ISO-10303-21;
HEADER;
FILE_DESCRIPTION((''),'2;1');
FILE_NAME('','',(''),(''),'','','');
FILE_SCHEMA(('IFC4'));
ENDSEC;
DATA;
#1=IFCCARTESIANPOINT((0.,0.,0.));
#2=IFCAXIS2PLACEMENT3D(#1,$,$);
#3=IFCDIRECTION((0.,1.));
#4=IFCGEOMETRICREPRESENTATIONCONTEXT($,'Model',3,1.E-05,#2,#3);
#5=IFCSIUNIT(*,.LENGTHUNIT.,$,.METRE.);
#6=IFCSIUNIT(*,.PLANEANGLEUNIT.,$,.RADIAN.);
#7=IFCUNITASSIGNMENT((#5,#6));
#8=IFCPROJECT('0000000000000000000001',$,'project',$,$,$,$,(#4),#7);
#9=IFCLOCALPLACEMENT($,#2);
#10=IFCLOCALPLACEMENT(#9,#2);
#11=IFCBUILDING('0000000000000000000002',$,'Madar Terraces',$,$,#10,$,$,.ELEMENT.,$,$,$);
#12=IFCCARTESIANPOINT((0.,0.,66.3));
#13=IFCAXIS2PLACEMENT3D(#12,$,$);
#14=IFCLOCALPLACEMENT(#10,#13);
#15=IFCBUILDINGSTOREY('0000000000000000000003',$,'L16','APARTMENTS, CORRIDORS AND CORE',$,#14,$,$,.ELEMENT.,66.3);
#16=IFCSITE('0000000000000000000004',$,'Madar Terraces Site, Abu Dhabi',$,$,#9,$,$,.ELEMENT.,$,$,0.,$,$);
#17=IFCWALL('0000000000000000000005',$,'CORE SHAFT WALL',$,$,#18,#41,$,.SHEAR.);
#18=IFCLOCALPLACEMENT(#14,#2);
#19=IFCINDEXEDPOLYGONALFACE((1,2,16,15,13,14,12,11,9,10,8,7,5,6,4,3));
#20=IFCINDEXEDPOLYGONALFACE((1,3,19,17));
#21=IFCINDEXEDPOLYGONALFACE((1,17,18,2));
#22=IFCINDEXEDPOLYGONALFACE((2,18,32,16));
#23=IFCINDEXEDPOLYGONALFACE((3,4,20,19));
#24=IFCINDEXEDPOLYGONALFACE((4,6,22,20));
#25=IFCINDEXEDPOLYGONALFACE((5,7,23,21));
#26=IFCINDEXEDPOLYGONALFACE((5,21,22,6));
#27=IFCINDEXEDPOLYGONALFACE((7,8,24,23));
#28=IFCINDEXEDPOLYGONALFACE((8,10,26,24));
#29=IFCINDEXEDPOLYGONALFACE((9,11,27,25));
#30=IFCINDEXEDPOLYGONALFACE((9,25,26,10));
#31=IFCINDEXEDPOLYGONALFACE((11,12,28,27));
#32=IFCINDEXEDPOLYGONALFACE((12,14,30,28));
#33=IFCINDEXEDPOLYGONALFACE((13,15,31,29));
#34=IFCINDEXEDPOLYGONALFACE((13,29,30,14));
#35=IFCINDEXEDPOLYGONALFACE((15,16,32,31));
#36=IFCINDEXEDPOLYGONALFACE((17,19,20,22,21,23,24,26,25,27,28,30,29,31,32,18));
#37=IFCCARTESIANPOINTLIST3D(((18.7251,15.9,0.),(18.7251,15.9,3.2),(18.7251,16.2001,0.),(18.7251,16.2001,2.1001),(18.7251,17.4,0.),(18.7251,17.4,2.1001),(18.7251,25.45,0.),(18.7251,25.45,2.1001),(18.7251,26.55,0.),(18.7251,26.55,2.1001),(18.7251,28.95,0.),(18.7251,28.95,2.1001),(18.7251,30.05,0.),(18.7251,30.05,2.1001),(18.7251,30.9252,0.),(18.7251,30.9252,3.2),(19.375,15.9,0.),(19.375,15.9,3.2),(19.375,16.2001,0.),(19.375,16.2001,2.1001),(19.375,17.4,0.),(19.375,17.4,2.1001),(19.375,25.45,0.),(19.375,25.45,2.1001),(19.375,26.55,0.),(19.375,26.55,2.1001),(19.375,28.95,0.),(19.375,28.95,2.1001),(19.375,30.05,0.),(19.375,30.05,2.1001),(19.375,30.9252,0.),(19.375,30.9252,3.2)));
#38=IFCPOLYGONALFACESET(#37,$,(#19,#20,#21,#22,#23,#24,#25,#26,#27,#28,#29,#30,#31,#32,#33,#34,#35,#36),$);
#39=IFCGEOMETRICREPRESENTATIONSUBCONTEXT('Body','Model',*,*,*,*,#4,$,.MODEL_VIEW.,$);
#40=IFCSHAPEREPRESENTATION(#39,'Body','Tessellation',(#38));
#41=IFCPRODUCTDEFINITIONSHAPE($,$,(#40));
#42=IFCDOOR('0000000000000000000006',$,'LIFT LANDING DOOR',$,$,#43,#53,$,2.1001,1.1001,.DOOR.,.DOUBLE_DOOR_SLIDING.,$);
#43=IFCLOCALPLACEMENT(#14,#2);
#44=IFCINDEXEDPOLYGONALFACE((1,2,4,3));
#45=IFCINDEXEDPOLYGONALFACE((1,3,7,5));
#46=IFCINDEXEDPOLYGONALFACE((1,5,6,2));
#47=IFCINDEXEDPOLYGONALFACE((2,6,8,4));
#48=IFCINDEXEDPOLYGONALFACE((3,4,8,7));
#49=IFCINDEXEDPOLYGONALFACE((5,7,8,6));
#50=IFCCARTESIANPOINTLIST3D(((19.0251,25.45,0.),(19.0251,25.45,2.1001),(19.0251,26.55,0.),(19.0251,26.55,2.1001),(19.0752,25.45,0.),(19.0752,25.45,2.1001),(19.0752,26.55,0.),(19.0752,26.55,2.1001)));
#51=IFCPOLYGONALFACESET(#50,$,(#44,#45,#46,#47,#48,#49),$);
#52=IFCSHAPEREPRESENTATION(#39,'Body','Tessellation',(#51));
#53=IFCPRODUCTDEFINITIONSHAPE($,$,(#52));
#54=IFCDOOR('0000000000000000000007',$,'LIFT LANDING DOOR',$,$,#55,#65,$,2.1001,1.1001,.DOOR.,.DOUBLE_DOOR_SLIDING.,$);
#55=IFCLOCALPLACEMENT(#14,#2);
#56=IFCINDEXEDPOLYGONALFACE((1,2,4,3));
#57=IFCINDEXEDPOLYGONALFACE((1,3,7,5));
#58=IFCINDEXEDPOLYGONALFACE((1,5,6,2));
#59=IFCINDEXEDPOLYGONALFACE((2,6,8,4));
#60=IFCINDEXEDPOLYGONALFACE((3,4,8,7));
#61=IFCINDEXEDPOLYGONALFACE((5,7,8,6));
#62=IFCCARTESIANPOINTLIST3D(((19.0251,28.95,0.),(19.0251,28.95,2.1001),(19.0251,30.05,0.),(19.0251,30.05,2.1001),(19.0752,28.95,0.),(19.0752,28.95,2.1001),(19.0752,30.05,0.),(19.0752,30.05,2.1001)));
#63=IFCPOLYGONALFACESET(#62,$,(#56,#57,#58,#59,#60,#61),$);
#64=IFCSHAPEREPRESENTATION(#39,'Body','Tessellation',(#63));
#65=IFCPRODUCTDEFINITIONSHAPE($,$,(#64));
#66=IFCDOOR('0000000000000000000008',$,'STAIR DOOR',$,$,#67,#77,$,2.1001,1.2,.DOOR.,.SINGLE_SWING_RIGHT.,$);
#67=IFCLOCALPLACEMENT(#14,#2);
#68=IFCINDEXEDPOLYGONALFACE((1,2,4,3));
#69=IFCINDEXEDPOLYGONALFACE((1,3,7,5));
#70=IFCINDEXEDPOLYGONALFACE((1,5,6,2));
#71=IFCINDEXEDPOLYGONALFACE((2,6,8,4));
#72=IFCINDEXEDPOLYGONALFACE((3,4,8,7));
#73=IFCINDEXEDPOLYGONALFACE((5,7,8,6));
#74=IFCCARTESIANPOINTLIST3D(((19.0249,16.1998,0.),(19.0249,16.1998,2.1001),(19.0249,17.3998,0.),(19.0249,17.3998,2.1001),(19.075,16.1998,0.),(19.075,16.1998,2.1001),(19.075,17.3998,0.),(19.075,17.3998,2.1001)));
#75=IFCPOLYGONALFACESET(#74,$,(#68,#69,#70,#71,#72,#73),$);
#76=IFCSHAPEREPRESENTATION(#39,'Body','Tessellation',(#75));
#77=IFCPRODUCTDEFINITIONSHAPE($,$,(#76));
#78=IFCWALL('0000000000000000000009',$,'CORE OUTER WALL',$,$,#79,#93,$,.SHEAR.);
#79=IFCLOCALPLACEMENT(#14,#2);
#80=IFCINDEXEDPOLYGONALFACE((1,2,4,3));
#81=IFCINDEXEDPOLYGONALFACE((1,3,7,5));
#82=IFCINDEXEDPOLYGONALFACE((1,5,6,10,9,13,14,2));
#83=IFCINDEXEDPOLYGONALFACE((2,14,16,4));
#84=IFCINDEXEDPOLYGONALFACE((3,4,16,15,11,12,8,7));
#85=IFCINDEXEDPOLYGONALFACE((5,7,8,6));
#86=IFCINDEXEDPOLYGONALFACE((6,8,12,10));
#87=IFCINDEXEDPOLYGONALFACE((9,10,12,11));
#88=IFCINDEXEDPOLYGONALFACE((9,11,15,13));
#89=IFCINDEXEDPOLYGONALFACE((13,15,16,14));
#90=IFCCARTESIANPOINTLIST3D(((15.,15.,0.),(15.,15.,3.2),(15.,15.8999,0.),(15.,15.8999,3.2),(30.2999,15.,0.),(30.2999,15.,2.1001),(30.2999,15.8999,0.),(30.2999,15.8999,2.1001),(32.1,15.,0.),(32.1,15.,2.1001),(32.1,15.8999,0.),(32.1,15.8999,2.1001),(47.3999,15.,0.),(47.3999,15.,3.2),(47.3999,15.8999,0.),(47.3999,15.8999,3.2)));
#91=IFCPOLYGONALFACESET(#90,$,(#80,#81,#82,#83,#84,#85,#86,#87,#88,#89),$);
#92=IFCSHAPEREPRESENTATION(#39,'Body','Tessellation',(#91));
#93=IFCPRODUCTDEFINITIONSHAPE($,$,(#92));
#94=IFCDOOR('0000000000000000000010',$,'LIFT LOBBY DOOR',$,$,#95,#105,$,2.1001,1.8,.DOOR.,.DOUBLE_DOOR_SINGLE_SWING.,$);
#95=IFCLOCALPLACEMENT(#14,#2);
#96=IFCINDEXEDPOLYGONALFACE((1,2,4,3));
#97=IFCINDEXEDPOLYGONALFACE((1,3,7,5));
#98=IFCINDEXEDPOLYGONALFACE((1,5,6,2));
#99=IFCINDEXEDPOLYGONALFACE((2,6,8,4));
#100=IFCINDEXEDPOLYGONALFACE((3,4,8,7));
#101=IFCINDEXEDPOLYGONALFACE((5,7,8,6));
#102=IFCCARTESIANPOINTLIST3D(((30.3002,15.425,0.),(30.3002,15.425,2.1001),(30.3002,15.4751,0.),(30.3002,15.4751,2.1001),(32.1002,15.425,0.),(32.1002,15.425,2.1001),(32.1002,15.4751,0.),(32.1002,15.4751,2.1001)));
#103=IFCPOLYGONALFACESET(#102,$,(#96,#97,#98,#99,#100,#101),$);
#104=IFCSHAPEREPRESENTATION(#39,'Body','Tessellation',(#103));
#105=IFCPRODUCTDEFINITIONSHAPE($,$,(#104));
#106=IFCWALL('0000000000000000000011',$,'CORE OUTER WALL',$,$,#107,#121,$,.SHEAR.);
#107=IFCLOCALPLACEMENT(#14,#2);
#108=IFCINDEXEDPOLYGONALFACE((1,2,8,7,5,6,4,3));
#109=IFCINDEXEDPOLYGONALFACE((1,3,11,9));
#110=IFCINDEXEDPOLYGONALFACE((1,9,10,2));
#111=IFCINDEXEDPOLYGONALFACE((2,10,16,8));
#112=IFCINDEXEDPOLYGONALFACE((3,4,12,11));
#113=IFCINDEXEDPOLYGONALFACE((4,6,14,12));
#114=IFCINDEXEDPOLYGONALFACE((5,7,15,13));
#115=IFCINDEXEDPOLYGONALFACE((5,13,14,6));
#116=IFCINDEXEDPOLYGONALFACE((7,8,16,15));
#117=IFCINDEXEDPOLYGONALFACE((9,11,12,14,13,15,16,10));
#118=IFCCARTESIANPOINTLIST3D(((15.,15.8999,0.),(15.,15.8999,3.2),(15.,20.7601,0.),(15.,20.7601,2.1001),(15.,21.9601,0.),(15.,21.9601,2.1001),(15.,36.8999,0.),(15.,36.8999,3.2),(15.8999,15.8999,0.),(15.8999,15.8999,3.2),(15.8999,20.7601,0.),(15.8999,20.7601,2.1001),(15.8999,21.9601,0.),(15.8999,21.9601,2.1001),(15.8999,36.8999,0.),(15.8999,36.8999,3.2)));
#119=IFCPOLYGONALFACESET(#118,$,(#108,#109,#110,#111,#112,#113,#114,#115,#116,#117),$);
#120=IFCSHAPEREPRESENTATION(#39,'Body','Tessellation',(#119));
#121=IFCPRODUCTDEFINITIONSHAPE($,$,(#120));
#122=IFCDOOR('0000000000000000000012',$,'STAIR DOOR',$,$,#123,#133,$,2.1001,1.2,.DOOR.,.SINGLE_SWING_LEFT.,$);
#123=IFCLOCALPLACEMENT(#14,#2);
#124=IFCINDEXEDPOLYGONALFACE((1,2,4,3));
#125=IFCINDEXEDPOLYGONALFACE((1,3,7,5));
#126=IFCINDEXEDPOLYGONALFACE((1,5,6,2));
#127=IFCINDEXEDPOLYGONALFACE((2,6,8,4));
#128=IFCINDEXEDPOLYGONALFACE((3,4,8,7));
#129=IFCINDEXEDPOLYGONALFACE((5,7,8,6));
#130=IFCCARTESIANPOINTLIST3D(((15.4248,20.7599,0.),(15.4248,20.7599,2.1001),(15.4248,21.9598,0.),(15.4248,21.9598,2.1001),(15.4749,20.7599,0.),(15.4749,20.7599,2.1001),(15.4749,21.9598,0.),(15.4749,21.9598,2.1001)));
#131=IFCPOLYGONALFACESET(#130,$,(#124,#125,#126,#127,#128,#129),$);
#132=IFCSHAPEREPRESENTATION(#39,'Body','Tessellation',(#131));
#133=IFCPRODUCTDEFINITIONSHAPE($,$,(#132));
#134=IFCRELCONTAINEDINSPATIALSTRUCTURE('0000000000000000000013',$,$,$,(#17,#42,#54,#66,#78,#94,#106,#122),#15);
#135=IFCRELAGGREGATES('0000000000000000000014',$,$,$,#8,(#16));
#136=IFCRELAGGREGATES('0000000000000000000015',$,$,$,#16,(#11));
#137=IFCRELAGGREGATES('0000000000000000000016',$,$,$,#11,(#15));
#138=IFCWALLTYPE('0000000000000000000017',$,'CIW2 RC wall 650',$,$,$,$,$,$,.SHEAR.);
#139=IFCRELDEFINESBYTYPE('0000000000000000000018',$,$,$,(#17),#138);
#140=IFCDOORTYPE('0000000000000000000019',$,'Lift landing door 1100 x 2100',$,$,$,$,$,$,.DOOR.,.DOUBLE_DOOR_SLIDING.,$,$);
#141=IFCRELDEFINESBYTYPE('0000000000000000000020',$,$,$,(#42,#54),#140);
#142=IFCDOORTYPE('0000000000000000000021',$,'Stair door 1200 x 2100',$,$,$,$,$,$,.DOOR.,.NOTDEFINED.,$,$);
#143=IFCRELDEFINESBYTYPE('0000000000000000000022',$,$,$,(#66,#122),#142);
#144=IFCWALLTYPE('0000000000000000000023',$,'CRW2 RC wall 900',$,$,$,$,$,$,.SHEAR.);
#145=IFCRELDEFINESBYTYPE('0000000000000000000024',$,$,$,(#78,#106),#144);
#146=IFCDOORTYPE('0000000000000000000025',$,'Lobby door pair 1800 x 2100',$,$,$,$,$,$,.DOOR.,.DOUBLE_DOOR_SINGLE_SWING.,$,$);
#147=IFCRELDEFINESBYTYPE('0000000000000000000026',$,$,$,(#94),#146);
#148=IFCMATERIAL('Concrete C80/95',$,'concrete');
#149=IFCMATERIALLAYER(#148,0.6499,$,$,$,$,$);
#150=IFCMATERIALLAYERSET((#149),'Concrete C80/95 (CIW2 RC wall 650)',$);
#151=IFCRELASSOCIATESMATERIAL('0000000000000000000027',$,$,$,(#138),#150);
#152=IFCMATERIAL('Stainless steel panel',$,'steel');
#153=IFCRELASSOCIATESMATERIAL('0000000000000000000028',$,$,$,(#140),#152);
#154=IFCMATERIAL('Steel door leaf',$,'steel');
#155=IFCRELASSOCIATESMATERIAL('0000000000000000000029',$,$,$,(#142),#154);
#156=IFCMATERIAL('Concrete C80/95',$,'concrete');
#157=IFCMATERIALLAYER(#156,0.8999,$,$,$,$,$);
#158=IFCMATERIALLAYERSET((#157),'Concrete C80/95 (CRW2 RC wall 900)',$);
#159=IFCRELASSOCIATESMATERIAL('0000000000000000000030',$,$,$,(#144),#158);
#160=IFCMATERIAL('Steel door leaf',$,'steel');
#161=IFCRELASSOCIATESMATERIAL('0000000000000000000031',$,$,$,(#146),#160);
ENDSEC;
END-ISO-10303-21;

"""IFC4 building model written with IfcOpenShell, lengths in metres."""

from ifc_helpers import new_model, si_unit, direction, frame, frame_2d, origin, place, context, subcontext, project, spatial, rectangle, extrude, material, layer, layer_set, type_object, element, fill, save


model = new_model("IFC4")

# Units and contexts
model_context = context("Model", 3, precision=1e-05, world=origin(), true_north=direction((0.0, 1.0)))
body_context = subcontext(model_context, "Body", "Model", "MODEL_VIEW")
ifc_project = project(units=[si_unit("LENGTHUNIT", "METRE"), si_unit("PLANEANGLEUNIT", "RADIAN")], contexts=[model_context])

# Site, building, storey
site_placement = place(None, origin())
site = spatial("IfcSite", under=ifc_project, at=site_placement, Name="Madar Terraces Site, Abu Dhabi", CompositionType="ELEMENT", RefElevation=0.0)
building_placement = place(site_placement, origin())
building = spatial("IfcBuilding", under=site, at=building_placement, Name="Madar Terraces", CompositionType="ELEMENT")
storey_placement = place(building_placement, frame((0.0, 0.0, 66.3)))
storey = spatial("IfcBuildingStorey", under=building, at=storey_placement, Name="L16", Description="APARTMENTS, CORRIDORS AND CORE", CompositionType="ELEMENT", Elevation=66.3)

# Wall, openings, doors
ifc_material_1 = material(Name="Concrete C80/95", Category="concrete")
ifc_layer_1 = layer(ifc_material_1, 0.6499)
ifc_layer_set_1 = layer_set([ifc_layer_1], Name="Concrete C80/95 (CIW2 RC wall 650)")
wall_type_1 = type_object("IfcWallType", Name="CIW2 RC wall 650", PredefinedType="SHEAR", material=ifc_layer_set_1)
wall_1_placement = place(storey_placement, frame((19.05, 15.8999, 0.0), z_axis=(0.0, 0.0, 1.0), x_axis=(0.0, 1.0, 0.0)))
wall_1 = element("IfcWall", 1, at=wall_1_placement, inside=storey, type_object=wall_type_1, Name="CORE SHAFT WALL", PredefinedType="SHEAR", context=body_context, shape_type="SweptSolid", body=[
    extrude(rectangle(XDim=15.0251, YDim=0.6499, at=frame_2d((7.5127, 0.0))), origin(), (0.0, 0.0, 1.0), 3.2),
])
opening_1_placement = place(wall_1_placement, frame((9.55, 0.0, 0.0)))
opening_1 = element("IfcOpeningElement", 2, at=opening_1_placement, cuts=wall_1, PredefinedType="OPENING", context=body_context, shape_type="SweptSolid", body=[
    extrude(rectangle(XDim=1.1001, YDim=2.1001, at=frame_2d((0.55, 1.05))), frame((0.0, 0.335, 0.0), z_axis=(0.0, -1.0, 0.0), x_axis=(1.0, 0.0, 0.0)), (0.0, 0.0, 1.0), 0.6699),
])
opening_2_placement = place(wall_1_placement, frame((13.05, 0.0, 0.0)))
opening_2 = element("IfcOpeningElement", 3, at=opening_2_placement, cuts=wall_1, PredefinedType="OPENING", context=body_context, shape_type="SweptSolid", body=[
    extrude(rectangle(XDim=1.1001, YDim=2.1001, at=frame_2d((0.55, 1.05))), frame((0.0, 0.335, 0.0), z_axis=(0.0, -1.0, 0.0), x_axis=(1.0, 0.0, 0.0)), (0.0, 0.0, 1.0), 0.6699),
])
opening_3_placement = place(wall_1_placement, frame((0.3, 0.0, 0.0)))
opening_3 = element("IfcOpeningElement", 4, at=opening_3_placement, cuts=wall_1, PredefinedType="OPENING", context=body_context, shape_type="SweptSolid", body=[
    extrude(rectangle(XDim=1.2, YDim=2.1001, at=frame_2d((0.6001, 1.05))), frame((0.0, 0.335, 0.0), z_axis=(0.0, -1.0, 0.0), x_axis=(1.0, 0.0, 0.0)), (0.0, 0.0, 1.0), 0.6699),
])
ifc_material_2 = material(Name="Stainless steel panel", Category="steel")
door_type_1 = type_object("IfcDoorType", Name="Lift landing door 1100 x 2100", OperationType="DOUBLE_DOOR_SLIDING", PredefinedType="DOOR", material=ifc_material_2)
door_1_placement = place(opening_1_placement, origin())
door_1 = element("IfcDoor", 5, at=door_1_placement, inside=storey, type_object=door_type_1, Name="LIFT LANDING DOOR", OperationType="DOUBLE_DOOR_SLIDING", OverallHeight=2.1001, OverallWidth=1.1001, PredefinedType="DOOR", context=body_context, shape_type="SweptSolid", body=[
    extrude(rectangle(XDim=1.1001, YDim=2.1001, at=frame_2d((0.55, 1.05))), frame((0.0, 0.0249, 0.0), z_axis=(0.0, -1.0, 0.0), x_axis=(1.0, 0.0, 0.0)), (0.0, 0.0, 1.0), 0.05),
])
fill(opening_1, door_1)
door_2_placement = place(opening_2_placement, origin())
door_2 = element("IfcDoor", 6, at=door_2_placement, inside=storey, type_object=door_type_1, Name="LIFT LANDING DOOR", OperationType="DOUBLE_DOOR_SLIDING", OverallHeight=2.1001, OverallWidth=1.1001, PredefinedType="DOOR", context=body_context, shape_type="SweptSolid", body=[
    extrude(rectangle(XDim=1.1001, YDim=2.1001, at=frame_2d((0.55, 1.05))), frame((0.0, 0.0249, 0.0), z_axis=(0.0, -1.0, 0.0), x_axis=(1.0, 0.0, 0.0)), (0.0, 0.0, 1.0), 0.05),
])
fill(opening_2, door_2)
ifc_material_3 = material(Name="Steel door leaf", Category="steel")
door_type_2 = type_object("IfcDoorType", Name="Stair door 1200 x 2100", OperationType="NOTDEFINED", PredefinedType="DOOR", material=ifc_material_3)
door_3_placement = place(opening_3_placement, frame((1.2, 0.0, 0.0), z_axis=(0.0, 0.0, 1.0), x_axis=(-1.0, 0.0, 0.0)))
door_3 = element("IfcDoor", 7, at=door_3_placement, inside=storey, type_object=door_type_2, Name="STAIR DOOR", OperationType="SINGLE_SWING_RIGHT", OverallHeight=2.1001, OverallWidth=1.2, PredefinedType="DOOR", context=body_context, shape_type="SweptSolid", body=[
    extrude(rectangle(XDim=1.2, YDim=2.1001, at=frame_2d((0.6001, 1.05))), frame((0.0, 0.0249, 0.0), z_axis=(0.0, -1.0, 0.0), x_axis=(1.0, 0.0, 0.0)), (0.0, 0.0, 1.0), 0.05),
])
fill(opening_3, door_3)

# Walls, openings, doors
ifc_material_4 = material(Name="Concrete C80/95", Category="concrete")
ifc_layer_2 = layer(ifc_material_4, 0.8999)
ifc_layer_set_2 = layer_set([ifc_layer_2], Name="Concrete C80/95 (CRW2 RC wall 900)")
wall_type_2 = type_object("IfcWallType", Name="CRW2 RC wall 900", PredefinedType="SHEAR", material=ifc_layer_set_2)
wall_2_placement = place(storey_placement, frame((15.0, 15.45, 0.0), z_axis=(0.0, 0.0, 1.0), x_axis=(1.0, 0.0, 0.0)))
wall_2 = element("IfcWall", 8, at=wall_2_placement, inside=storey, type_object=wall_type_2, Name="CORE OUTER WALL", PredefinedType="SHEAR", context=body_context, shape_type="SweptSolid", body=[
    extrude(rectangle(XDim=32.3999, YDim=0.8999, at=frame_2d((16.2, 0.0))), origin(), (0.0, 0.0, 1.0), 3.2),
])
opening_4_placement = place(wall_2_placement, frame((15.3, 0.0, 0.0)))
opening_4 = element("IfcOpeningElement", 9, at=opening_4_placement, cuts=wall_2, PredefinedType="OPENING", context=body_context, shape_type="SweptSolid", body=[
    extrude(rectangle(XDim=1.8, YDim=2.1001, at=frame_2d((0.8999, 1.05))), frame((0.0, 0.46, 0.0), z_axis=(0.0, -1.0, 0.0), x_axis=(1.0, 0.0, 0.0)), (0.0, 0.0, 1.0), 0.9199),
])
ifc_material_5 = material(Name="Steel door leaf", Category="steel")
door_type_3 = type_object("IfcDoorType", Name="Lobby door pair 1800 x 2100", OperationType="DOUBLE_DOOR_SINGLE_SWING", PredefinedType="DOOR", material=ifc_material_5)
door_4_placement = place(opening_4_placement, frame((1.8, 0.0, 0.0), z_axis=(0.0, 0.0, 1.0), x_axis=(-1.0, 0.0, 0.0)))
door_4 = element("IfcDoor", 10, at=door_4_placement, inside=storey, type_object=door_type_3, Name="LIFT LOBBY DOOR", OperationType="DOUBLE_DOOR_SINGLE_SWING", OverallHeight=2.1001, OverallWidth=1.8, PredefinedType="DOOR", context=body_context, shape_type="SweptSolid", body=[
    extrude(rectangle(XDim=1.8, YDim=2.1001, at=frame_2d((0.8999, 1.05))), frame((0.0, 0.0249, 0.0), z_axis=(0.0, -1.0, 0.0), x_axis=(1.0, 0.0, 0.0)), (0.0, 0.0, 1.0), 0.05),
])
fill(opening_4, door_4)
wall_3_placement = place(storey_placement, frame((15.45, 15.8999, 0.0), z_axis=(0.0, 0.0, 1.0), x_axis=(0.0, 1.0, 0.0)))
wall_3 = element("IfcWall", 11, at=wall_3_placement, inside=storey, type_object=wall_type_2, Name="CORE OUTER WALL", PredefinedType="SHEAR", context=body_context, shape_type="SweptSolid", body=[
    extrude(rectangle(XDim=21.0, YDim=0.8999, at=frame_2d((10.5, 0.0))), origin(), (0.0, 0.0, 1.0), 3.2),
])
opening_5_placement = place(wall_3_placement, frame((4.8601, 0.0, 0.0)))
opening_5 = element("IfcOpeningElement", 12, at=opening_5_placement, cuts=wall_3, PredefinedType="OPENING", context=body_context, shape_type="SweptSolid", body=[
    extrude(rectangle(XDim=1.2, YDim=2.1001, at=frame_2d((0.6001, 1.05))), frame((0.0, 0.46, 0.0), z_axis=(0.0, -1.0, 0.0), x_axis=(1.0, 0.0, 0.0)), (0.0, 0.0, 1.0), 0.9199),
])
door_5_placement = place(opening_5_placement, frame((1.2, 0.0, 0.0), z_axis=(0.0, 0.0, 1.0), x_axis=(-1.0, 0.0, 0.0)))
door_5 = element("IfcDoor", 13, at=door_5_placement, inside=storey, type_object=door_type_2, Name="STAIR DOOR", OperationType="SINGLE_SWING_LEFT", OverallHeight=2.1001, OverallWidth=1.2, PredefinedType="DOOR", context=body_context, shape_type="SweptSolid", body=[
    extrude(rectangle(XDim=1.2, YDim=2.1001, at=frame_2d((0.6001, 1.05))), frame((0.0, 0.0249, 0.0), z_axis=(0.0, -1.0, 0.0), x_axis=(1.0, 0.0, 0.0)), (0.0, 0.0, 1.0), 0.05),
])
fill(opening_5, door_5)

save(model, "model.ifc")
